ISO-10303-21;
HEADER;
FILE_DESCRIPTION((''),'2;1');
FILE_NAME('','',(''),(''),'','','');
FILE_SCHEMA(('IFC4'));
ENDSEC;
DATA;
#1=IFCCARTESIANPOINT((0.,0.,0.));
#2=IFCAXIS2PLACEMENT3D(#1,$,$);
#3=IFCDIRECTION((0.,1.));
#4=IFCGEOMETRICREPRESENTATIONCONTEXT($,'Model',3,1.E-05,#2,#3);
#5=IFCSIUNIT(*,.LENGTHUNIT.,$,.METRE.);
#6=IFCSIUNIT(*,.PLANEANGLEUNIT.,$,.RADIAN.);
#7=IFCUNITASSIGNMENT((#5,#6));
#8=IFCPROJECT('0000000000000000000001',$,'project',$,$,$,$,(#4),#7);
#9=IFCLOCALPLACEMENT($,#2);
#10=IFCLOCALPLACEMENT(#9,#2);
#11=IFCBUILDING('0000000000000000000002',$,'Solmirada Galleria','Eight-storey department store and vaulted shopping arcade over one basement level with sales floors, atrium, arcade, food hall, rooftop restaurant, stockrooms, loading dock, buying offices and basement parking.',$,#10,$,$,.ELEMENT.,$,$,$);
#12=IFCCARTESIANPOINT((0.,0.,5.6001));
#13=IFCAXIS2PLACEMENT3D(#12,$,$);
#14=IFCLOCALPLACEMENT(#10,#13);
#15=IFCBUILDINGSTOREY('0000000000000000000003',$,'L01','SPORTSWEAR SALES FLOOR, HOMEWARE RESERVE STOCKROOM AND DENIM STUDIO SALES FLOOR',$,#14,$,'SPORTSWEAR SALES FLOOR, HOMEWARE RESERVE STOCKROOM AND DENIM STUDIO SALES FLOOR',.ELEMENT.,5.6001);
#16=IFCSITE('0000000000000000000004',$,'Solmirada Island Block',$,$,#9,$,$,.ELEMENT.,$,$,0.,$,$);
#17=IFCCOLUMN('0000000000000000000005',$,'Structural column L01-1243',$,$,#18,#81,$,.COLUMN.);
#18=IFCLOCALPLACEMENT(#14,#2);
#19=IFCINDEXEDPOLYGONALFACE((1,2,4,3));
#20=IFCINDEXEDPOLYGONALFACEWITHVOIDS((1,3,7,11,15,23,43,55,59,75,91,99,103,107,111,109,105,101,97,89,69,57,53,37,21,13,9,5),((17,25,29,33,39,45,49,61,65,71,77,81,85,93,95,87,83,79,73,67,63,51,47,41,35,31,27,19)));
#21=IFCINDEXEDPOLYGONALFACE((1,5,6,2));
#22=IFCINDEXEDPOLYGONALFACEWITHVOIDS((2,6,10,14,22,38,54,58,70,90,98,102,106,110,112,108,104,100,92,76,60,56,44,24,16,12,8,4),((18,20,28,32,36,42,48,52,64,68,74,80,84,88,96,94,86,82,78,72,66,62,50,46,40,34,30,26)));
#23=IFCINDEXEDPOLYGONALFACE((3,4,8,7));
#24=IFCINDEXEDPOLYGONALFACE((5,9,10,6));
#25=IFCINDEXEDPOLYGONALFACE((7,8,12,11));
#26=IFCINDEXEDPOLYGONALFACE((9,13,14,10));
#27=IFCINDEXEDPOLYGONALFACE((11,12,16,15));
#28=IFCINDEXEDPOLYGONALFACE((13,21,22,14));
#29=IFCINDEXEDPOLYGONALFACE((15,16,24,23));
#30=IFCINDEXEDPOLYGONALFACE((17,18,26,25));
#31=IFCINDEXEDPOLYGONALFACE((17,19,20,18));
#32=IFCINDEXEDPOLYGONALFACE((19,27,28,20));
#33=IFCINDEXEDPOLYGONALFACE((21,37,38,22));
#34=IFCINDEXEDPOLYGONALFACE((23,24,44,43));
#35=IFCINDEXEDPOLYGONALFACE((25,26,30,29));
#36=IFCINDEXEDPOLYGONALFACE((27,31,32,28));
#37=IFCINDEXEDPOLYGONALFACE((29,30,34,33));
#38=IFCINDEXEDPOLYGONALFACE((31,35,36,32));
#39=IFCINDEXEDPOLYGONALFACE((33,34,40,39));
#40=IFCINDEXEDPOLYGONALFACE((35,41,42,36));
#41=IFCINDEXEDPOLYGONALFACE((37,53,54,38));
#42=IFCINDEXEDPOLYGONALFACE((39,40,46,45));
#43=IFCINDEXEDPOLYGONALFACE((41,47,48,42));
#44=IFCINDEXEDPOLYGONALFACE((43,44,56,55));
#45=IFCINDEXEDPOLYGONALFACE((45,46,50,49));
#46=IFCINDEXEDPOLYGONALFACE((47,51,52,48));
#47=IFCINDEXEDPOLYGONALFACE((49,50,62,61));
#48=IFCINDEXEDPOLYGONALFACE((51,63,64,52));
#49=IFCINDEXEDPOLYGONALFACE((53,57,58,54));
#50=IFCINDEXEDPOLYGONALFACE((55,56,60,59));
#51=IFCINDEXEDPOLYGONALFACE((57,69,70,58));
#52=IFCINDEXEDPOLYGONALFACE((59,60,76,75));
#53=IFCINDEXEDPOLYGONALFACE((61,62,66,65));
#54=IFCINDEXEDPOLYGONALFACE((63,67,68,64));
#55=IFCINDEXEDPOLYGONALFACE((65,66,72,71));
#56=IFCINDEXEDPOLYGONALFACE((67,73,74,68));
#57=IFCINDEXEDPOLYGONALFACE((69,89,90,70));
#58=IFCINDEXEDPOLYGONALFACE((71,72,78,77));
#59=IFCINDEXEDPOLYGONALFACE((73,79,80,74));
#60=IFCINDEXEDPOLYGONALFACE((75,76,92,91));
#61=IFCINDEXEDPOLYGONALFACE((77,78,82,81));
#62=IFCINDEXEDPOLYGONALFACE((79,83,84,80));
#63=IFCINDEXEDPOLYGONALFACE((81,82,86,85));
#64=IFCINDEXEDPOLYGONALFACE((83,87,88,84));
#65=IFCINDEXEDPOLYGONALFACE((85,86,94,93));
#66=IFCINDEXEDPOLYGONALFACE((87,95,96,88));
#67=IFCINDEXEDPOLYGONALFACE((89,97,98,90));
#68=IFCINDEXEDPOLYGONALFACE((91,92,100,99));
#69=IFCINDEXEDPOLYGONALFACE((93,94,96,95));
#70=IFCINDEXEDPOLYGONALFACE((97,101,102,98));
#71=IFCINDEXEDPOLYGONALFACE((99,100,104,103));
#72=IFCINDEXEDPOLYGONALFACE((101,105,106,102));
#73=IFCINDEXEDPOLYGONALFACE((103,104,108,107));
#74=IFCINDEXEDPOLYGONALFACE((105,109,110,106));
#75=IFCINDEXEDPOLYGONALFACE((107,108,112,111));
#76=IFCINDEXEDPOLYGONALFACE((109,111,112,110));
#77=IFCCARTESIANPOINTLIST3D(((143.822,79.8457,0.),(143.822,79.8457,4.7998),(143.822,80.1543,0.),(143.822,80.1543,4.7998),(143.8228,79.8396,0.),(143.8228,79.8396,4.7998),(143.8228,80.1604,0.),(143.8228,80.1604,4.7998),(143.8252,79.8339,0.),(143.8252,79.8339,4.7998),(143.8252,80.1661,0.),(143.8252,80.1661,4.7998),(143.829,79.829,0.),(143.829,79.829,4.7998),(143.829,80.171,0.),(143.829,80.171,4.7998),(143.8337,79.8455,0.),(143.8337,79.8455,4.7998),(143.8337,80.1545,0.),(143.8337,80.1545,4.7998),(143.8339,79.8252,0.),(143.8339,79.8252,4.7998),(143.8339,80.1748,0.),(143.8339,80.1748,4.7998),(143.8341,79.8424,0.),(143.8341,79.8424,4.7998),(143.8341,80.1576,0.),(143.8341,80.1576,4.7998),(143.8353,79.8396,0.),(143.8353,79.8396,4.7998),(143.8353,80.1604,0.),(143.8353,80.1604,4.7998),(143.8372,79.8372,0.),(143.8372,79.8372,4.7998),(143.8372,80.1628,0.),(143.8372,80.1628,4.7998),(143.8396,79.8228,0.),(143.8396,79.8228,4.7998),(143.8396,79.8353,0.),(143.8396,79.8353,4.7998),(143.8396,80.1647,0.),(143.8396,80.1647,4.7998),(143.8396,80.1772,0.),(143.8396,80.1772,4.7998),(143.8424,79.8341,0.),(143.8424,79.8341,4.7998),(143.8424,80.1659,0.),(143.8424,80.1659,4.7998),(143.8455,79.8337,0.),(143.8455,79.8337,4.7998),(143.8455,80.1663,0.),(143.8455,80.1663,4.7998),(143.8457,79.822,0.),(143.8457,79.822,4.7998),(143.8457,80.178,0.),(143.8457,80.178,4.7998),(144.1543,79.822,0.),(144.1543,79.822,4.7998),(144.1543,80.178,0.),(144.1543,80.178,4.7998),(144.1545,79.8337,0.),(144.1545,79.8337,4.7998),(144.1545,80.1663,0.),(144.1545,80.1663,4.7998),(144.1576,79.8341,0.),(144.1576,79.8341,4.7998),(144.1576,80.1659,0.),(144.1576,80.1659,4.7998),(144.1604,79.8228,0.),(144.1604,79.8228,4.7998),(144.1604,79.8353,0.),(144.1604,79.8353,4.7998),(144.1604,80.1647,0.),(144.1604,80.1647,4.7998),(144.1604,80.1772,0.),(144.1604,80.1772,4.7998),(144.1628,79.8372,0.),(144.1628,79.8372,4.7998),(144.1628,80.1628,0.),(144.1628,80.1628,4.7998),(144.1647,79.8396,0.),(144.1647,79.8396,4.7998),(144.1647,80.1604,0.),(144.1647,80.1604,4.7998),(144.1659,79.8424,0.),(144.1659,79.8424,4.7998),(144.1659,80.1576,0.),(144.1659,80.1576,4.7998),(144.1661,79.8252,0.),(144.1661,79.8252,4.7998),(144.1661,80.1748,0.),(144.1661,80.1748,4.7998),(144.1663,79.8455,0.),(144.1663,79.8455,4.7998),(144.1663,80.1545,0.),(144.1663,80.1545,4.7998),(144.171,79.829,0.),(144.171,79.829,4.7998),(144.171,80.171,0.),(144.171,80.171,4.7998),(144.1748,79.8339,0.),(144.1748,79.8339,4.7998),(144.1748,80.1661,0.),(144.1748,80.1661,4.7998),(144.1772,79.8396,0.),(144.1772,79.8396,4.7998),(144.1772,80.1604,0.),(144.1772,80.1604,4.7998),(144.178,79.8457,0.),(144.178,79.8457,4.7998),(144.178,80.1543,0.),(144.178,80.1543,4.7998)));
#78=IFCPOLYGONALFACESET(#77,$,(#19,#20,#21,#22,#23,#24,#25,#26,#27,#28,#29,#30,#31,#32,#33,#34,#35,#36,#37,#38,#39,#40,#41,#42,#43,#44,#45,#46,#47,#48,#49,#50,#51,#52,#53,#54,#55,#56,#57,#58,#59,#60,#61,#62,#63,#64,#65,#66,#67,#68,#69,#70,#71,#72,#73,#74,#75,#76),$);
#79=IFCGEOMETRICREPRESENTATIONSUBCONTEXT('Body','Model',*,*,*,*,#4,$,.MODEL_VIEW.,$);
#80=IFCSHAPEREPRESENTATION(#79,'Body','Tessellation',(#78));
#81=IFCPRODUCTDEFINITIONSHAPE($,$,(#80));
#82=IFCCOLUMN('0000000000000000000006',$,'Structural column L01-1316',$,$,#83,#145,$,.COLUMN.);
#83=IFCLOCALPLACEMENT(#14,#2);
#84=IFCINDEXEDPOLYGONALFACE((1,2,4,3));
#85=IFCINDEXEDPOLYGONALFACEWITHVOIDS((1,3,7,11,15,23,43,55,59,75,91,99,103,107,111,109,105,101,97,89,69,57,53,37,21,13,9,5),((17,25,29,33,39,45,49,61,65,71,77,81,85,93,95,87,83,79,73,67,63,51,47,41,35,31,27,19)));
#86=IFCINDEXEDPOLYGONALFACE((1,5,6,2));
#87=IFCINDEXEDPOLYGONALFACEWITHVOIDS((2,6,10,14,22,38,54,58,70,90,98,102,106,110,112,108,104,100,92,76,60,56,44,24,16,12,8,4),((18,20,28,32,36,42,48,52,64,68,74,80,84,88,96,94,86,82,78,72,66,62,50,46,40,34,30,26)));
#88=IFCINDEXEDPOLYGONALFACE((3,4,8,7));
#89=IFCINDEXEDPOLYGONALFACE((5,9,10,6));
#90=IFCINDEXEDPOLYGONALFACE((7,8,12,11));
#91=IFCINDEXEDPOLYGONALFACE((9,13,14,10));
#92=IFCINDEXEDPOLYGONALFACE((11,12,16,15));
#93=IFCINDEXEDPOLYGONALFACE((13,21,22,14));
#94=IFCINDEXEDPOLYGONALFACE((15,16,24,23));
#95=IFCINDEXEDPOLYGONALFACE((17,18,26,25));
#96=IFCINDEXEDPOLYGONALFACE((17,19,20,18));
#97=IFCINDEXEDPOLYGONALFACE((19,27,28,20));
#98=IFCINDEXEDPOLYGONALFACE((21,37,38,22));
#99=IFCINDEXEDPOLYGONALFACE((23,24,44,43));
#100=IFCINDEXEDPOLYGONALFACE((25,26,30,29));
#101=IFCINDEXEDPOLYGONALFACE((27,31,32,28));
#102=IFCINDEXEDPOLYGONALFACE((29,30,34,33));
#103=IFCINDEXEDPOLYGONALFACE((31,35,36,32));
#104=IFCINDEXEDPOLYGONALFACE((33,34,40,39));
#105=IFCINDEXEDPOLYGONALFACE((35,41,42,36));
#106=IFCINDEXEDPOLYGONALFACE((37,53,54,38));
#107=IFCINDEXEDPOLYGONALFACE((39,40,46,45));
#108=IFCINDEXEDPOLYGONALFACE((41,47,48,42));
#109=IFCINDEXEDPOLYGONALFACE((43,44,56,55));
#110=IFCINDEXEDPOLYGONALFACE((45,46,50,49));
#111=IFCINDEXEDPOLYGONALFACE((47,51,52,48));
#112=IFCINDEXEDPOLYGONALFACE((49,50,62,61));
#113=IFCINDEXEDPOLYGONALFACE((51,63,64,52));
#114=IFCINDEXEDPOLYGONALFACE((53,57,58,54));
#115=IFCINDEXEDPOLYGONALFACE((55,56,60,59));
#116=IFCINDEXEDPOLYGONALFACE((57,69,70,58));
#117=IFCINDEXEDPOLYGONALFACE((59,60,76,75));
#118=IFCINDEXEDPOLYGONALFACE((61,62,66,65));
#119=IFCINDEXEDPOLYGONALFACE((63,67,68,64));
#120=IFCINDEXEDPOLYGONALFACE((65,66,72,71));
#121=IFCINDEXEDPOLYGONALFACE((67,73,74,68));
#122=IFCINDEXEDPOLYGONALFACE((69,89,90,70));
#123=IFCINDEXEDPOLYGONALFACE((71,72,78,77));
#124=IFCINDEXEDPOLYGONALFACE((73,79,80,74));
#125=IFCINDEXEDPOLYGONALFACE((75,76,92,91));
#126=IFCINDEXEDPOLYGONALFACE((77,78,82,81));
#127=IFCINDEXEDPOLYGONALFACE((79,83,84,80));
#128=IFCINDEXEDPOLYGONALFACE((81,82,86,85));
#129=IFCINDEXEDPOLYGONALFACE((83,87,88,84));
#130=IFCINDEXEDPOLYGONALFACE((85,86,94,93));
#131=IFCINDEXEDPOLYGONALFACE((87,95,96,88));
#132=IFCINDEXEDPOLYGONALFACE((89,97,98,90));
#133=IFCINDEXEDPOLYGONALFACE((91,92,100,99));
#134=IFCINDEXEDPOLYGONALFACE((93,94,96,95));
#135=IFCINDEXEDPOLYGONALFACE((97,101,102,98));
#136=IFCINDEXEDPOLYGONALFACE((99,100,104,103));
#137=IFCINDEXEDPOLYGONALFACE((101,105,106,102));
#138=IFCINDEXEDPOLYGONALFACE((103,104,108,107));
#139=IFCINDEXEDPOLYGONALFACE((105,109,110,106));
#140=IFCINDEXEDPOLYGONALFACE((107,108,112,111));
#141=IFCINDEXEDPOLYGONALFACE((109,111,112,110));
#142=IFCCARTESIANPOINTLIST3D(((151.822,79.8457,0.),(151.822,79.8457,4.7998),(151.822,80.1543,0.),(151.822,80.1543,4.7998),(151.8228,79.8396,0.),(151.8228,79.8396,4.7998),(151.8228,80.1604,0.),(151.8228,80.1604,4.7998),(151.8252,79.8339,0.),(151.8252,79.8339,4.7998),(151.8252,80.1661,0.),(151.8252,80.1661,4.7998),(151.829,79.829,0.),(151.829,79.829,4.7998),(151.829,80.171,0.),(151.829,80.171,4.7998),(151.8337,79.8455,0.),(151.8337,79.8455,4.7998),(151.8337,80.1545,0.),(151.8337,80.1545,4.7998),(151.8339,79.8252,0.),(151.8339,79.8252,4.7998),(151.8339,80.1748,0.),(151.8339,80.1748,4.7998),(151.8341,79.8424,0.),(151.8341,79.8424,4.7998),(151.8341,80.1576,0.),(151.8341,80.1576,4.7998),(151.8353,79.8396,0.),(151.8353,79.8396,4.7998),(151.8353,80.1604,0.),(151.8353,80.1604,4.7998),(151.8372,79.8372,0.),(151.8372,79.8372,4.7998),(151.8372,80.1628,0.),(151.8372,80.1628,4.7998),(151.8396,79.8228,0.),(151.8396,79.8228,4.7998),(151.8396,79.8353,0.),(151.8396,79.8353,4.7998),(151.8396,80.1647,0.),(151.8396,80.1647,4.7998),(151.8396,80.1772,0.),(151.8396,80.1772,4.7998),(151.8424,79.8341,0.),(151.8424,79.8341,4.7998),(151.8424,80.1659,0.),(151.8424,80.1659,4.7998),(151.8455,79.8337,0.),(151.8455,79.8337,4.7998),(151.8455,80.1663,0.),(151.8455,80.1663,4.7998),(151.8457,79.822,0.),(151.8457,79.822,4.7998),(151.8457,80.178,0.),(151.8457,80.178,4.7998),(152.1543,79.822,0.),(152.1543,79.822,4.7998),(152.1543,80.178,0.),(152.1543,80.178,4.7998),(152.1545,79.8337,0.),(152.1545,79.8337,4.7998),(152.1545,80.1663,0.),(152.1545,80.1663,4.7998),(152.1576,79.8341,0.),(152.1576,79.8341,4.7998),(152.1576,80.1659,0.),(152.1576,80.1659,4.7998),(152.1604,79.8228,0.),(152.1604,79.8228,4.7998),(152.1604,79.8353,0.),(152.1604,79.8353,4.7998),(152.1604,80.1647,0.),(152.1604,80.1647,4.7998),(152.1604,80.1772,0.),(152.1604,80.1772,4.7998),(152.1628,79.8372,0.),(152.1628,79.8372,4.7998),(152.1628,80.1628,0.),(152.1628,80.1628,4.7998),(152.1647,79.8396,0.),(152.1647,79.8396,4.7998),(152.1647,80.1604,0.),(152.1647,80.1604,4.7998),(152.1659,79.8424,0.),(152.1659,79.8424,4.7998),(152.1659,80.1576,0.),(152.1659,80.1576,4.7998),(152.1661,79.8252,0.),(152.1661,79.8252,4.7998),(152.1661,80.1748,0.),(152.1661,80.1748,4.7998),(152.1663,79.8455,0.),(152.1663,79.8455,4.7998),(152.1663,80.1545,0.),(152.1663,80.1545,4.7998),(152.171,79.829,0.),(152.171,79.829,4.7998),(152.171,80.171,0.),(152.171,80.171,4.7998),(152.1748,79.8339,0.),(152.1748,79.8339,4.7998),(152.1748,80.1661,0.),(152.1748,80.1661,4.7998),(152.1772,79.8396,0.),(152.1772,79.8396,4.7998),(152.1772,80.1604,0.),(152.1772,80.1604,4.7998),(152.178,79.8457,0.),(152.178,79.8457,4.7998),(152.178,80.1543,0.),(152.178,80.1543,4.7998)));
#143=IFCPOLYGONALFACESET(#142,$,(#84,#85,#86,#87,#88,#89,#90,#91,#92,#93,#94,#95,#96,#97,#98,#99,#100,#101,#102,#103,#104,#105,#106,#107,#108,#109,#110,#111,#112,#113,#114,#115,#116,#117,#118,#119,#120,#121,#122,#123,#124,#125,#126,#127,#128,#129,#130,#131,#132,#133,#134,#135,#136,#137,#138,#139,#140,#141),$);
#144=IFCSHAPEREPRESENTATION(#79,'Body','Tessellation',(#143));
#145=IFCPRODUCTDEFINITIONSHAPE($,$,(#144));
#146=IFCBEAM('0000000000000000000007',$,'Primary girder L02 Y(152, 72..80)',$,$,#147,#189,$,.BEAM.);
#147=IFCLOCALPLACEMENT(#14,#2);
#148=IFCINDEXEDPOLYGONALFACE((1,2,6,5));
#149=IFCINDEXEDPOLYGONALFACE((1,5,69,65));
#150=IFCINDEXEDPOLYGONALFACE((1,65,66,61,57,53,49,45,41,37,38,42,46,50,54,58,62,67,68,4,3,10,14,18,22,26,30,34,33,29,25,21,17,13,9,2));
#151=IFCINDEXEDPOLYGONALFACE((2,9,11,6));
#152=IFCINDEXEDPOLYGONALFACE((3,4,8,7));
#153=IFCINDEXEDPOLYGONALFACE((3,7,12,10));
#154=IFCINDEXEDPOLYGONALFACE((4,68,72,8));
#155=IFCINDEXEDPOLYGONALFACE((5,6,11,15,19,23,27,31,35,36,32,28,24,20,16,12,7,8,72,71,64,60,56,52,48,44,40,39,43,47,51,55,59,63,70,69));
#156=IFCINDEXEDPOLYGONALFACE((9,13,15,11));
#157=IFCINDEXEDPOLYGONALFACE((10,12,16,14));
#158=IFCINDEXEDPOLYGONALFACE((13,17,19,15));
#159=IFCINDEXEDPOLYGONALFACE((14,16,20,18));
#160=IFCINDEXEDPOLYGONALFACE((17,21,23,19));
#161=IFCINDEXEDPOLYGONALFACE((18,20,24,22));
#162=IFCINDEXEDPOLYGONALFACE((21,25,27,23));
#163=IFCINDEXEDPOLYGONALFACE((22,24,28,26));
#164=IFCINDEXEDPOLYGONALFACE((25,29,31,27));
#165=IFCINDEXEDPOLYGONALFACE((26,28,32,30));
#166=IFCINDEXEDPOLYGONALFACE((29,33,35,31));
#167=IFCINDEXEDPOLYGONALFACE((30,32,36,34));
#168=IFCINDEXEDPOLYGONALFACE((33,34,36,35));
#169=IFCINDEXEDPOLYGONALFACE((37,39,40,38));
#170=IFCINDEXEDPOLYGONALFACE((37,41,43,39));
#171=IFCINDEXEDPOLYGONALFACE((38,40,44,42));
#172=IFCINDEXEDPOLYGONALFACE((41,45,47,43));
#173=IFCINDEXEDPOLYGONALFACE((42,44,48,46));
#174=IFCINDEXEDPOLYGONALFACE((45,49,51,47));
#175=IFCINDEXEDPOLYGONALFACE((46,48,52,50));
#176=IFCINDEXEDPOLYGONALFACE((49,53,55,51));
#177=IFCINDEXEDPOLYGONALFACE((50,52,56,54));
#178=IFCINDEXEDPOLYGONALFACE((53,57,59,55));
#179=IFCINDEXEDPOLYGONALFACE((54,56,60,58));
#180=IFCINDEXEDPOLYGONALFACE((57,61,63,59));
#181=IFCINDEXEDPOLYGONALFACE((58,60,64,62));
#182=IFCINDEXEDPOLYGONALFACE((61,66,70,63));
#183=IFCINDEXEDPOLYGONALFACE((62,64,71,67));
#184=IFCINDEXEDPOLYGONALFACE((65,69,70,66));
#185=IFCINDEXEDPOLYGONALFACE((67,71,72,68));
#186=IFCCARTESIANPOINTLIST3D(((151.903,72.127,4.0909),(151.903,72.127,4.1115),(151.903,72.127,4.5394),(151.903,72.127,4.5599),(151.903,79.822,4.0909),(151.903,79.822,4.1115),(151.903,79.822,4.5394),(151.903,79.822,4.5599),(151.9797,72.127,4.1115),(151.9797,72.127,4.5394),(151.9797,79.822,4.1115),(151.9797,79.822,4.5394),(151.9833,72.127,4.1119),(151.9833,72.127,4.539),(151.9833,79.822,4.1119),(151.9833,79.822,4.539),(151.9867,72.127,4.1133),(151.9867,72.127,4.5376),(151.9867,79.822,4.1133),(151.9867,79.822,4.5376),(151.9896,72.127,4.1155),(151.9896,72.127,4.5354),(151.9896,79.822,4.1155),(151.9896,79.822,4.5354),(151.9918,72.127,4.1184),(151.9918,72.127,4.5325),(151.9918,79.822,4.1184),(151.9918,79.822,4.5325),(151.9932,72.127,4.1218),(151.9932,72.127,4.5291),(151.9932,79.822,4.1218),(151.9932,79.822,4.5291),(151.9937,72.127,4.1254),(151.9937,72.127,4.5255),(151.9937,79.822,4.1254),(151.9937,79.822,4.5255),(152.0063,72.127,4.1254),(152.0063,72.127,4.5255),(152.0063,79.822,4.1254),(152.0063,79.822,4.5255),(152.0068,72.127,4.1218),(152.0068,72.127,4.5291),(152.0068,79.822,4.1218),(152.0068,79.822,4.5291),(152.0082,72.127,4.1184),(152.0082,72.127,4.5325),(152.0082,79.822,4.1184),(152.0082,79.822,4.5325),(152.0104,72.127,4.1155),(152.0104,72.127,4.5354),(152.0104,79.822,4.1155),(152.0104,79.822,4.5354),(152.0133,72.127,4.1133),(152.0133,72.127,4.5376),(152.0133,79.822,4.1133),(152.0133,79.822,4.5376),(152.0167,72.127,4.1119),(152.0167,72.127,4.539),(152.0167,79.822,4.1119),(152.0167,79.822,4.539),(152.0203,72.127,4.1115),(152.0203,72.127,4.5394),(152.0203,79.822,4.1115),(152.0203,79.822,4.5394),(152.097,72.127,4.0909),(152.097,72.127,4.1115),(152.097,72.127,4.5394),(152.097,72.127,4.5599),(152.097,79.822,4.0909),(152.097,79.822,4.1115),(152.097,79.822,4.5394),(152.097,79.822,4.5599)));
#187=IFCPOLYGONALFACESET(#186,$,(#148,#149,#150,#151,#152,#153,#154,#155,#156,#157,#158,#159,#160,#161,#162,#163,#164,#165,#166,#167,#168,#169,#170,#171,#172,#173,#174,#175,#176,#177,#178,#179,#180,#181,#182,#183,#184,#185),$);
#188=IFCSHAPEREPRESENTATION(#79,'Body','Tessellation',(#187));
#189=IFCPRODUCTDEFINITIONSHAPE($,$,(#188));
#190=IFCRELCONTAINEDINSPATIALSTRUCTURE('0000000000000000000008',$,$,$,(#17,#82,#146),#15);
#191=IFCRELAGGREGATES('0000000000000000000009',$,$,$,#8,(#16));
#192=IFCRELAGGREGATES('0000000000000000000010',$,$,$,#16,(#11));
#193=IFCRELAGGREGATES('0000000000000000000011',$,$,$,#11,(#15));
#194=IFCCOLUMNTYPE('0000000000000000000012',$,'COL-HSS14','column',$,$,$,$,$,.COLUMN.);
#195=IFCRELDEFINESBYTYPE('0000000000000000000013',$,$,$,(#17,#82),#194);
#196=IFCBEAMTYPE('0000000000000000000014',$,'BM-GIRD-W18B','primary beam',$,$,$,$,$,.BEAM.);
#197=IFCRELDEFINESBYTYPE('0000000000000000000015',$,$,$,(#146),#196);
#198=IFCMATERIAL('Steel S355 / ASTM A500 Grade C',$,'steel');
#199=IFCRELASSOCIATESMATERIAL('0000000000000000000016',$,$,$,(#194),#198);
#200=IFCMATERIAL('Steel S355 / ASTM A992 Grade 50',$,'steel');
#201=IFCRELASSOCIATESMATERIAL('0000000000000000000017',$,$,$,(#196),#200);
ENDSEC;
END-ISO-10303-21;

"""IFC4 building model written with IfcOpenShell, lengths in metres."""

from ifc_helpers import new_model, si_unit, direction, frame, origin, origin_2d, place, context, subcontext, project, spatial, hollow_rectangle, i_section, extrude, material, material_profile, profile_set, type_object, element, save


model = new_model("IFC4")

# Units and contexts
model_context = context("Model", 3, precision=1e-05, world=origin(), true_north=direction((0.0, 1.0)))
body_context = subcontext(model_context, "Body", "Model", "MODEL_VIEW")
ifc_project = project(units=[si_unit("LENGTHUNIT", "METRE"), si_unit("PLANEANGLEUNIT", "RADIAN")], contexts=[model_context])

# Site, building, storey
site_placement = place(None, origin())
site = spatial("IfcSite", under=ifc_project, at=site_placement, Name="Solmirada Island Block", CompositionType="ELEMENT", RefElevation=0.0)
building_placement = place(site_placement, origin())
building = spatial("IfcBuilding", under=site, at=building_placement, Name="Solmirada Galleria", Description="Eight-storey department store and vaulted shopping arcade over one basement level with sales floors, atrium, arcade, food hall, rooftop restaurant, stockrooms, loading dock, buying offices and basement parking.", CompositionType="ELEMENT")
storey_placement = place(building_placement, frame((0.0, 0.0, 5.6001)))
storey = spatial("IfcBuildingStorey", under=building, at=storey_placement, Name="L01", Description="SPORTSWEAR SALES FLOOR, HOMEWARE RESERVE STOCKROOM AND DENIM STUDIO SALES FLOOR", LongName="SPORTSWEAR SALES FLOOR, HOMEWARE RESERVE STOCKROOM AND DENIM STUDIO SALES FLOOR", CompositionType="ELEMENT", Elevation=5.6001)

# Columns
ifc_material_1 = material(Name="Steel S355 / ASTM A500 Grade C", Category="steel")
ifc_material_profile_1 = material_profile(ifc_material_1, hollow_rectangle(XDim=0.356, YDim=0.356, WallThickness=0.0117, InnerFilletRadius=0.0117, OuterFilletRadius=0.0237, at=origin_2d()), Name="HSS14X14X1/2")
ifc_profile_set_1 = profile_set([ifc_material_profile_1], Name="Steel S355 / ASTM A500 Grade C")
column_type_1 = type_object("IfcColumnType", Name="COL-HSS14", Description="column", PredefinedType="COLUMN", material=ifc_profile_set_1)
for number, where, z_axis, x_axis, name in (
    (1, (144.0, 80.0, 0.0), (0.0, 0.0, 1.0), (1.0, 0.0, 0.0), "Structural column L01-1243"),
    (2, (152.0, 80.0, 0.0), (0.0, 0.0, 1.0), (1.0, 0.0, 0.0), "Structural column L01-1316"),
):
    element("IfcColumn", number, at=place(storey_placement, frame(where, z_axis=z_axis, x_axis=x_axis)), inside=storey, type_object=column_type_1, Name=name, PredefinedType="COLUMN", context=body_context, shape_type="SweptSolid", body=[
        extrude(hollow_rectangle(XDim=0.356, YDim=0.356, WallThickness=0.0117, InnerFilletRadius=0.0117, OuterFilletRadius=0.0237, at=origin_2d()), origin(), (0.0, 0.0, 1.0), 4.7998),
    ])

# Beam
ifc_material_2 = material(Name="Steel S355 / ASTM A992 Grade 50", Category="steel")
ifc_material_profile_2 = material_profile(ifc_material_2, i_section(OverallWidth=0.1941, OverallDepth=0.469, WebThickness=0.0127, FlangeThickness=0.0205, FilletRadius=0.0139, at=origin_2d()), Name="W18X71")
ifc_profile_set_2 = profile_set([ifc_material_profile_2], Name="Steel S355 / ASTM A992 Grade 50")
beam_type_1 = type_object("IfcBeamType", Name="BM-GIRD-W18B", Description="primary beam", PredefinedType="BEAM", material=ifc_profile_set_2)
beam_1_placement = place(storey_placement, frame((152.0, 72.127, 4.3254), z_axis=(0.0, 1.0, 0.0), x_axis=(-1.0, 0.0, 0.0)))
element("IfcBeam", 3, at=beam_1_placement, inside=storey, type_object=beam_type_1, Name="Primary girder L02 Y(152, 72..80)", PredefinedType="BEAM", context=body_context, shape_type="SweptSolid", body=[
    extrude(i_section(OverallWidth=0.1941, OverallDepth=0.469, WebThickness=0.0127, FlangeThickness=0.0205, FilletRadius=0.0139, at=origin_2d()), origin(), (0.0, 0.0, 1.0), 7.6951),
])

save(model, "model.ifc")
